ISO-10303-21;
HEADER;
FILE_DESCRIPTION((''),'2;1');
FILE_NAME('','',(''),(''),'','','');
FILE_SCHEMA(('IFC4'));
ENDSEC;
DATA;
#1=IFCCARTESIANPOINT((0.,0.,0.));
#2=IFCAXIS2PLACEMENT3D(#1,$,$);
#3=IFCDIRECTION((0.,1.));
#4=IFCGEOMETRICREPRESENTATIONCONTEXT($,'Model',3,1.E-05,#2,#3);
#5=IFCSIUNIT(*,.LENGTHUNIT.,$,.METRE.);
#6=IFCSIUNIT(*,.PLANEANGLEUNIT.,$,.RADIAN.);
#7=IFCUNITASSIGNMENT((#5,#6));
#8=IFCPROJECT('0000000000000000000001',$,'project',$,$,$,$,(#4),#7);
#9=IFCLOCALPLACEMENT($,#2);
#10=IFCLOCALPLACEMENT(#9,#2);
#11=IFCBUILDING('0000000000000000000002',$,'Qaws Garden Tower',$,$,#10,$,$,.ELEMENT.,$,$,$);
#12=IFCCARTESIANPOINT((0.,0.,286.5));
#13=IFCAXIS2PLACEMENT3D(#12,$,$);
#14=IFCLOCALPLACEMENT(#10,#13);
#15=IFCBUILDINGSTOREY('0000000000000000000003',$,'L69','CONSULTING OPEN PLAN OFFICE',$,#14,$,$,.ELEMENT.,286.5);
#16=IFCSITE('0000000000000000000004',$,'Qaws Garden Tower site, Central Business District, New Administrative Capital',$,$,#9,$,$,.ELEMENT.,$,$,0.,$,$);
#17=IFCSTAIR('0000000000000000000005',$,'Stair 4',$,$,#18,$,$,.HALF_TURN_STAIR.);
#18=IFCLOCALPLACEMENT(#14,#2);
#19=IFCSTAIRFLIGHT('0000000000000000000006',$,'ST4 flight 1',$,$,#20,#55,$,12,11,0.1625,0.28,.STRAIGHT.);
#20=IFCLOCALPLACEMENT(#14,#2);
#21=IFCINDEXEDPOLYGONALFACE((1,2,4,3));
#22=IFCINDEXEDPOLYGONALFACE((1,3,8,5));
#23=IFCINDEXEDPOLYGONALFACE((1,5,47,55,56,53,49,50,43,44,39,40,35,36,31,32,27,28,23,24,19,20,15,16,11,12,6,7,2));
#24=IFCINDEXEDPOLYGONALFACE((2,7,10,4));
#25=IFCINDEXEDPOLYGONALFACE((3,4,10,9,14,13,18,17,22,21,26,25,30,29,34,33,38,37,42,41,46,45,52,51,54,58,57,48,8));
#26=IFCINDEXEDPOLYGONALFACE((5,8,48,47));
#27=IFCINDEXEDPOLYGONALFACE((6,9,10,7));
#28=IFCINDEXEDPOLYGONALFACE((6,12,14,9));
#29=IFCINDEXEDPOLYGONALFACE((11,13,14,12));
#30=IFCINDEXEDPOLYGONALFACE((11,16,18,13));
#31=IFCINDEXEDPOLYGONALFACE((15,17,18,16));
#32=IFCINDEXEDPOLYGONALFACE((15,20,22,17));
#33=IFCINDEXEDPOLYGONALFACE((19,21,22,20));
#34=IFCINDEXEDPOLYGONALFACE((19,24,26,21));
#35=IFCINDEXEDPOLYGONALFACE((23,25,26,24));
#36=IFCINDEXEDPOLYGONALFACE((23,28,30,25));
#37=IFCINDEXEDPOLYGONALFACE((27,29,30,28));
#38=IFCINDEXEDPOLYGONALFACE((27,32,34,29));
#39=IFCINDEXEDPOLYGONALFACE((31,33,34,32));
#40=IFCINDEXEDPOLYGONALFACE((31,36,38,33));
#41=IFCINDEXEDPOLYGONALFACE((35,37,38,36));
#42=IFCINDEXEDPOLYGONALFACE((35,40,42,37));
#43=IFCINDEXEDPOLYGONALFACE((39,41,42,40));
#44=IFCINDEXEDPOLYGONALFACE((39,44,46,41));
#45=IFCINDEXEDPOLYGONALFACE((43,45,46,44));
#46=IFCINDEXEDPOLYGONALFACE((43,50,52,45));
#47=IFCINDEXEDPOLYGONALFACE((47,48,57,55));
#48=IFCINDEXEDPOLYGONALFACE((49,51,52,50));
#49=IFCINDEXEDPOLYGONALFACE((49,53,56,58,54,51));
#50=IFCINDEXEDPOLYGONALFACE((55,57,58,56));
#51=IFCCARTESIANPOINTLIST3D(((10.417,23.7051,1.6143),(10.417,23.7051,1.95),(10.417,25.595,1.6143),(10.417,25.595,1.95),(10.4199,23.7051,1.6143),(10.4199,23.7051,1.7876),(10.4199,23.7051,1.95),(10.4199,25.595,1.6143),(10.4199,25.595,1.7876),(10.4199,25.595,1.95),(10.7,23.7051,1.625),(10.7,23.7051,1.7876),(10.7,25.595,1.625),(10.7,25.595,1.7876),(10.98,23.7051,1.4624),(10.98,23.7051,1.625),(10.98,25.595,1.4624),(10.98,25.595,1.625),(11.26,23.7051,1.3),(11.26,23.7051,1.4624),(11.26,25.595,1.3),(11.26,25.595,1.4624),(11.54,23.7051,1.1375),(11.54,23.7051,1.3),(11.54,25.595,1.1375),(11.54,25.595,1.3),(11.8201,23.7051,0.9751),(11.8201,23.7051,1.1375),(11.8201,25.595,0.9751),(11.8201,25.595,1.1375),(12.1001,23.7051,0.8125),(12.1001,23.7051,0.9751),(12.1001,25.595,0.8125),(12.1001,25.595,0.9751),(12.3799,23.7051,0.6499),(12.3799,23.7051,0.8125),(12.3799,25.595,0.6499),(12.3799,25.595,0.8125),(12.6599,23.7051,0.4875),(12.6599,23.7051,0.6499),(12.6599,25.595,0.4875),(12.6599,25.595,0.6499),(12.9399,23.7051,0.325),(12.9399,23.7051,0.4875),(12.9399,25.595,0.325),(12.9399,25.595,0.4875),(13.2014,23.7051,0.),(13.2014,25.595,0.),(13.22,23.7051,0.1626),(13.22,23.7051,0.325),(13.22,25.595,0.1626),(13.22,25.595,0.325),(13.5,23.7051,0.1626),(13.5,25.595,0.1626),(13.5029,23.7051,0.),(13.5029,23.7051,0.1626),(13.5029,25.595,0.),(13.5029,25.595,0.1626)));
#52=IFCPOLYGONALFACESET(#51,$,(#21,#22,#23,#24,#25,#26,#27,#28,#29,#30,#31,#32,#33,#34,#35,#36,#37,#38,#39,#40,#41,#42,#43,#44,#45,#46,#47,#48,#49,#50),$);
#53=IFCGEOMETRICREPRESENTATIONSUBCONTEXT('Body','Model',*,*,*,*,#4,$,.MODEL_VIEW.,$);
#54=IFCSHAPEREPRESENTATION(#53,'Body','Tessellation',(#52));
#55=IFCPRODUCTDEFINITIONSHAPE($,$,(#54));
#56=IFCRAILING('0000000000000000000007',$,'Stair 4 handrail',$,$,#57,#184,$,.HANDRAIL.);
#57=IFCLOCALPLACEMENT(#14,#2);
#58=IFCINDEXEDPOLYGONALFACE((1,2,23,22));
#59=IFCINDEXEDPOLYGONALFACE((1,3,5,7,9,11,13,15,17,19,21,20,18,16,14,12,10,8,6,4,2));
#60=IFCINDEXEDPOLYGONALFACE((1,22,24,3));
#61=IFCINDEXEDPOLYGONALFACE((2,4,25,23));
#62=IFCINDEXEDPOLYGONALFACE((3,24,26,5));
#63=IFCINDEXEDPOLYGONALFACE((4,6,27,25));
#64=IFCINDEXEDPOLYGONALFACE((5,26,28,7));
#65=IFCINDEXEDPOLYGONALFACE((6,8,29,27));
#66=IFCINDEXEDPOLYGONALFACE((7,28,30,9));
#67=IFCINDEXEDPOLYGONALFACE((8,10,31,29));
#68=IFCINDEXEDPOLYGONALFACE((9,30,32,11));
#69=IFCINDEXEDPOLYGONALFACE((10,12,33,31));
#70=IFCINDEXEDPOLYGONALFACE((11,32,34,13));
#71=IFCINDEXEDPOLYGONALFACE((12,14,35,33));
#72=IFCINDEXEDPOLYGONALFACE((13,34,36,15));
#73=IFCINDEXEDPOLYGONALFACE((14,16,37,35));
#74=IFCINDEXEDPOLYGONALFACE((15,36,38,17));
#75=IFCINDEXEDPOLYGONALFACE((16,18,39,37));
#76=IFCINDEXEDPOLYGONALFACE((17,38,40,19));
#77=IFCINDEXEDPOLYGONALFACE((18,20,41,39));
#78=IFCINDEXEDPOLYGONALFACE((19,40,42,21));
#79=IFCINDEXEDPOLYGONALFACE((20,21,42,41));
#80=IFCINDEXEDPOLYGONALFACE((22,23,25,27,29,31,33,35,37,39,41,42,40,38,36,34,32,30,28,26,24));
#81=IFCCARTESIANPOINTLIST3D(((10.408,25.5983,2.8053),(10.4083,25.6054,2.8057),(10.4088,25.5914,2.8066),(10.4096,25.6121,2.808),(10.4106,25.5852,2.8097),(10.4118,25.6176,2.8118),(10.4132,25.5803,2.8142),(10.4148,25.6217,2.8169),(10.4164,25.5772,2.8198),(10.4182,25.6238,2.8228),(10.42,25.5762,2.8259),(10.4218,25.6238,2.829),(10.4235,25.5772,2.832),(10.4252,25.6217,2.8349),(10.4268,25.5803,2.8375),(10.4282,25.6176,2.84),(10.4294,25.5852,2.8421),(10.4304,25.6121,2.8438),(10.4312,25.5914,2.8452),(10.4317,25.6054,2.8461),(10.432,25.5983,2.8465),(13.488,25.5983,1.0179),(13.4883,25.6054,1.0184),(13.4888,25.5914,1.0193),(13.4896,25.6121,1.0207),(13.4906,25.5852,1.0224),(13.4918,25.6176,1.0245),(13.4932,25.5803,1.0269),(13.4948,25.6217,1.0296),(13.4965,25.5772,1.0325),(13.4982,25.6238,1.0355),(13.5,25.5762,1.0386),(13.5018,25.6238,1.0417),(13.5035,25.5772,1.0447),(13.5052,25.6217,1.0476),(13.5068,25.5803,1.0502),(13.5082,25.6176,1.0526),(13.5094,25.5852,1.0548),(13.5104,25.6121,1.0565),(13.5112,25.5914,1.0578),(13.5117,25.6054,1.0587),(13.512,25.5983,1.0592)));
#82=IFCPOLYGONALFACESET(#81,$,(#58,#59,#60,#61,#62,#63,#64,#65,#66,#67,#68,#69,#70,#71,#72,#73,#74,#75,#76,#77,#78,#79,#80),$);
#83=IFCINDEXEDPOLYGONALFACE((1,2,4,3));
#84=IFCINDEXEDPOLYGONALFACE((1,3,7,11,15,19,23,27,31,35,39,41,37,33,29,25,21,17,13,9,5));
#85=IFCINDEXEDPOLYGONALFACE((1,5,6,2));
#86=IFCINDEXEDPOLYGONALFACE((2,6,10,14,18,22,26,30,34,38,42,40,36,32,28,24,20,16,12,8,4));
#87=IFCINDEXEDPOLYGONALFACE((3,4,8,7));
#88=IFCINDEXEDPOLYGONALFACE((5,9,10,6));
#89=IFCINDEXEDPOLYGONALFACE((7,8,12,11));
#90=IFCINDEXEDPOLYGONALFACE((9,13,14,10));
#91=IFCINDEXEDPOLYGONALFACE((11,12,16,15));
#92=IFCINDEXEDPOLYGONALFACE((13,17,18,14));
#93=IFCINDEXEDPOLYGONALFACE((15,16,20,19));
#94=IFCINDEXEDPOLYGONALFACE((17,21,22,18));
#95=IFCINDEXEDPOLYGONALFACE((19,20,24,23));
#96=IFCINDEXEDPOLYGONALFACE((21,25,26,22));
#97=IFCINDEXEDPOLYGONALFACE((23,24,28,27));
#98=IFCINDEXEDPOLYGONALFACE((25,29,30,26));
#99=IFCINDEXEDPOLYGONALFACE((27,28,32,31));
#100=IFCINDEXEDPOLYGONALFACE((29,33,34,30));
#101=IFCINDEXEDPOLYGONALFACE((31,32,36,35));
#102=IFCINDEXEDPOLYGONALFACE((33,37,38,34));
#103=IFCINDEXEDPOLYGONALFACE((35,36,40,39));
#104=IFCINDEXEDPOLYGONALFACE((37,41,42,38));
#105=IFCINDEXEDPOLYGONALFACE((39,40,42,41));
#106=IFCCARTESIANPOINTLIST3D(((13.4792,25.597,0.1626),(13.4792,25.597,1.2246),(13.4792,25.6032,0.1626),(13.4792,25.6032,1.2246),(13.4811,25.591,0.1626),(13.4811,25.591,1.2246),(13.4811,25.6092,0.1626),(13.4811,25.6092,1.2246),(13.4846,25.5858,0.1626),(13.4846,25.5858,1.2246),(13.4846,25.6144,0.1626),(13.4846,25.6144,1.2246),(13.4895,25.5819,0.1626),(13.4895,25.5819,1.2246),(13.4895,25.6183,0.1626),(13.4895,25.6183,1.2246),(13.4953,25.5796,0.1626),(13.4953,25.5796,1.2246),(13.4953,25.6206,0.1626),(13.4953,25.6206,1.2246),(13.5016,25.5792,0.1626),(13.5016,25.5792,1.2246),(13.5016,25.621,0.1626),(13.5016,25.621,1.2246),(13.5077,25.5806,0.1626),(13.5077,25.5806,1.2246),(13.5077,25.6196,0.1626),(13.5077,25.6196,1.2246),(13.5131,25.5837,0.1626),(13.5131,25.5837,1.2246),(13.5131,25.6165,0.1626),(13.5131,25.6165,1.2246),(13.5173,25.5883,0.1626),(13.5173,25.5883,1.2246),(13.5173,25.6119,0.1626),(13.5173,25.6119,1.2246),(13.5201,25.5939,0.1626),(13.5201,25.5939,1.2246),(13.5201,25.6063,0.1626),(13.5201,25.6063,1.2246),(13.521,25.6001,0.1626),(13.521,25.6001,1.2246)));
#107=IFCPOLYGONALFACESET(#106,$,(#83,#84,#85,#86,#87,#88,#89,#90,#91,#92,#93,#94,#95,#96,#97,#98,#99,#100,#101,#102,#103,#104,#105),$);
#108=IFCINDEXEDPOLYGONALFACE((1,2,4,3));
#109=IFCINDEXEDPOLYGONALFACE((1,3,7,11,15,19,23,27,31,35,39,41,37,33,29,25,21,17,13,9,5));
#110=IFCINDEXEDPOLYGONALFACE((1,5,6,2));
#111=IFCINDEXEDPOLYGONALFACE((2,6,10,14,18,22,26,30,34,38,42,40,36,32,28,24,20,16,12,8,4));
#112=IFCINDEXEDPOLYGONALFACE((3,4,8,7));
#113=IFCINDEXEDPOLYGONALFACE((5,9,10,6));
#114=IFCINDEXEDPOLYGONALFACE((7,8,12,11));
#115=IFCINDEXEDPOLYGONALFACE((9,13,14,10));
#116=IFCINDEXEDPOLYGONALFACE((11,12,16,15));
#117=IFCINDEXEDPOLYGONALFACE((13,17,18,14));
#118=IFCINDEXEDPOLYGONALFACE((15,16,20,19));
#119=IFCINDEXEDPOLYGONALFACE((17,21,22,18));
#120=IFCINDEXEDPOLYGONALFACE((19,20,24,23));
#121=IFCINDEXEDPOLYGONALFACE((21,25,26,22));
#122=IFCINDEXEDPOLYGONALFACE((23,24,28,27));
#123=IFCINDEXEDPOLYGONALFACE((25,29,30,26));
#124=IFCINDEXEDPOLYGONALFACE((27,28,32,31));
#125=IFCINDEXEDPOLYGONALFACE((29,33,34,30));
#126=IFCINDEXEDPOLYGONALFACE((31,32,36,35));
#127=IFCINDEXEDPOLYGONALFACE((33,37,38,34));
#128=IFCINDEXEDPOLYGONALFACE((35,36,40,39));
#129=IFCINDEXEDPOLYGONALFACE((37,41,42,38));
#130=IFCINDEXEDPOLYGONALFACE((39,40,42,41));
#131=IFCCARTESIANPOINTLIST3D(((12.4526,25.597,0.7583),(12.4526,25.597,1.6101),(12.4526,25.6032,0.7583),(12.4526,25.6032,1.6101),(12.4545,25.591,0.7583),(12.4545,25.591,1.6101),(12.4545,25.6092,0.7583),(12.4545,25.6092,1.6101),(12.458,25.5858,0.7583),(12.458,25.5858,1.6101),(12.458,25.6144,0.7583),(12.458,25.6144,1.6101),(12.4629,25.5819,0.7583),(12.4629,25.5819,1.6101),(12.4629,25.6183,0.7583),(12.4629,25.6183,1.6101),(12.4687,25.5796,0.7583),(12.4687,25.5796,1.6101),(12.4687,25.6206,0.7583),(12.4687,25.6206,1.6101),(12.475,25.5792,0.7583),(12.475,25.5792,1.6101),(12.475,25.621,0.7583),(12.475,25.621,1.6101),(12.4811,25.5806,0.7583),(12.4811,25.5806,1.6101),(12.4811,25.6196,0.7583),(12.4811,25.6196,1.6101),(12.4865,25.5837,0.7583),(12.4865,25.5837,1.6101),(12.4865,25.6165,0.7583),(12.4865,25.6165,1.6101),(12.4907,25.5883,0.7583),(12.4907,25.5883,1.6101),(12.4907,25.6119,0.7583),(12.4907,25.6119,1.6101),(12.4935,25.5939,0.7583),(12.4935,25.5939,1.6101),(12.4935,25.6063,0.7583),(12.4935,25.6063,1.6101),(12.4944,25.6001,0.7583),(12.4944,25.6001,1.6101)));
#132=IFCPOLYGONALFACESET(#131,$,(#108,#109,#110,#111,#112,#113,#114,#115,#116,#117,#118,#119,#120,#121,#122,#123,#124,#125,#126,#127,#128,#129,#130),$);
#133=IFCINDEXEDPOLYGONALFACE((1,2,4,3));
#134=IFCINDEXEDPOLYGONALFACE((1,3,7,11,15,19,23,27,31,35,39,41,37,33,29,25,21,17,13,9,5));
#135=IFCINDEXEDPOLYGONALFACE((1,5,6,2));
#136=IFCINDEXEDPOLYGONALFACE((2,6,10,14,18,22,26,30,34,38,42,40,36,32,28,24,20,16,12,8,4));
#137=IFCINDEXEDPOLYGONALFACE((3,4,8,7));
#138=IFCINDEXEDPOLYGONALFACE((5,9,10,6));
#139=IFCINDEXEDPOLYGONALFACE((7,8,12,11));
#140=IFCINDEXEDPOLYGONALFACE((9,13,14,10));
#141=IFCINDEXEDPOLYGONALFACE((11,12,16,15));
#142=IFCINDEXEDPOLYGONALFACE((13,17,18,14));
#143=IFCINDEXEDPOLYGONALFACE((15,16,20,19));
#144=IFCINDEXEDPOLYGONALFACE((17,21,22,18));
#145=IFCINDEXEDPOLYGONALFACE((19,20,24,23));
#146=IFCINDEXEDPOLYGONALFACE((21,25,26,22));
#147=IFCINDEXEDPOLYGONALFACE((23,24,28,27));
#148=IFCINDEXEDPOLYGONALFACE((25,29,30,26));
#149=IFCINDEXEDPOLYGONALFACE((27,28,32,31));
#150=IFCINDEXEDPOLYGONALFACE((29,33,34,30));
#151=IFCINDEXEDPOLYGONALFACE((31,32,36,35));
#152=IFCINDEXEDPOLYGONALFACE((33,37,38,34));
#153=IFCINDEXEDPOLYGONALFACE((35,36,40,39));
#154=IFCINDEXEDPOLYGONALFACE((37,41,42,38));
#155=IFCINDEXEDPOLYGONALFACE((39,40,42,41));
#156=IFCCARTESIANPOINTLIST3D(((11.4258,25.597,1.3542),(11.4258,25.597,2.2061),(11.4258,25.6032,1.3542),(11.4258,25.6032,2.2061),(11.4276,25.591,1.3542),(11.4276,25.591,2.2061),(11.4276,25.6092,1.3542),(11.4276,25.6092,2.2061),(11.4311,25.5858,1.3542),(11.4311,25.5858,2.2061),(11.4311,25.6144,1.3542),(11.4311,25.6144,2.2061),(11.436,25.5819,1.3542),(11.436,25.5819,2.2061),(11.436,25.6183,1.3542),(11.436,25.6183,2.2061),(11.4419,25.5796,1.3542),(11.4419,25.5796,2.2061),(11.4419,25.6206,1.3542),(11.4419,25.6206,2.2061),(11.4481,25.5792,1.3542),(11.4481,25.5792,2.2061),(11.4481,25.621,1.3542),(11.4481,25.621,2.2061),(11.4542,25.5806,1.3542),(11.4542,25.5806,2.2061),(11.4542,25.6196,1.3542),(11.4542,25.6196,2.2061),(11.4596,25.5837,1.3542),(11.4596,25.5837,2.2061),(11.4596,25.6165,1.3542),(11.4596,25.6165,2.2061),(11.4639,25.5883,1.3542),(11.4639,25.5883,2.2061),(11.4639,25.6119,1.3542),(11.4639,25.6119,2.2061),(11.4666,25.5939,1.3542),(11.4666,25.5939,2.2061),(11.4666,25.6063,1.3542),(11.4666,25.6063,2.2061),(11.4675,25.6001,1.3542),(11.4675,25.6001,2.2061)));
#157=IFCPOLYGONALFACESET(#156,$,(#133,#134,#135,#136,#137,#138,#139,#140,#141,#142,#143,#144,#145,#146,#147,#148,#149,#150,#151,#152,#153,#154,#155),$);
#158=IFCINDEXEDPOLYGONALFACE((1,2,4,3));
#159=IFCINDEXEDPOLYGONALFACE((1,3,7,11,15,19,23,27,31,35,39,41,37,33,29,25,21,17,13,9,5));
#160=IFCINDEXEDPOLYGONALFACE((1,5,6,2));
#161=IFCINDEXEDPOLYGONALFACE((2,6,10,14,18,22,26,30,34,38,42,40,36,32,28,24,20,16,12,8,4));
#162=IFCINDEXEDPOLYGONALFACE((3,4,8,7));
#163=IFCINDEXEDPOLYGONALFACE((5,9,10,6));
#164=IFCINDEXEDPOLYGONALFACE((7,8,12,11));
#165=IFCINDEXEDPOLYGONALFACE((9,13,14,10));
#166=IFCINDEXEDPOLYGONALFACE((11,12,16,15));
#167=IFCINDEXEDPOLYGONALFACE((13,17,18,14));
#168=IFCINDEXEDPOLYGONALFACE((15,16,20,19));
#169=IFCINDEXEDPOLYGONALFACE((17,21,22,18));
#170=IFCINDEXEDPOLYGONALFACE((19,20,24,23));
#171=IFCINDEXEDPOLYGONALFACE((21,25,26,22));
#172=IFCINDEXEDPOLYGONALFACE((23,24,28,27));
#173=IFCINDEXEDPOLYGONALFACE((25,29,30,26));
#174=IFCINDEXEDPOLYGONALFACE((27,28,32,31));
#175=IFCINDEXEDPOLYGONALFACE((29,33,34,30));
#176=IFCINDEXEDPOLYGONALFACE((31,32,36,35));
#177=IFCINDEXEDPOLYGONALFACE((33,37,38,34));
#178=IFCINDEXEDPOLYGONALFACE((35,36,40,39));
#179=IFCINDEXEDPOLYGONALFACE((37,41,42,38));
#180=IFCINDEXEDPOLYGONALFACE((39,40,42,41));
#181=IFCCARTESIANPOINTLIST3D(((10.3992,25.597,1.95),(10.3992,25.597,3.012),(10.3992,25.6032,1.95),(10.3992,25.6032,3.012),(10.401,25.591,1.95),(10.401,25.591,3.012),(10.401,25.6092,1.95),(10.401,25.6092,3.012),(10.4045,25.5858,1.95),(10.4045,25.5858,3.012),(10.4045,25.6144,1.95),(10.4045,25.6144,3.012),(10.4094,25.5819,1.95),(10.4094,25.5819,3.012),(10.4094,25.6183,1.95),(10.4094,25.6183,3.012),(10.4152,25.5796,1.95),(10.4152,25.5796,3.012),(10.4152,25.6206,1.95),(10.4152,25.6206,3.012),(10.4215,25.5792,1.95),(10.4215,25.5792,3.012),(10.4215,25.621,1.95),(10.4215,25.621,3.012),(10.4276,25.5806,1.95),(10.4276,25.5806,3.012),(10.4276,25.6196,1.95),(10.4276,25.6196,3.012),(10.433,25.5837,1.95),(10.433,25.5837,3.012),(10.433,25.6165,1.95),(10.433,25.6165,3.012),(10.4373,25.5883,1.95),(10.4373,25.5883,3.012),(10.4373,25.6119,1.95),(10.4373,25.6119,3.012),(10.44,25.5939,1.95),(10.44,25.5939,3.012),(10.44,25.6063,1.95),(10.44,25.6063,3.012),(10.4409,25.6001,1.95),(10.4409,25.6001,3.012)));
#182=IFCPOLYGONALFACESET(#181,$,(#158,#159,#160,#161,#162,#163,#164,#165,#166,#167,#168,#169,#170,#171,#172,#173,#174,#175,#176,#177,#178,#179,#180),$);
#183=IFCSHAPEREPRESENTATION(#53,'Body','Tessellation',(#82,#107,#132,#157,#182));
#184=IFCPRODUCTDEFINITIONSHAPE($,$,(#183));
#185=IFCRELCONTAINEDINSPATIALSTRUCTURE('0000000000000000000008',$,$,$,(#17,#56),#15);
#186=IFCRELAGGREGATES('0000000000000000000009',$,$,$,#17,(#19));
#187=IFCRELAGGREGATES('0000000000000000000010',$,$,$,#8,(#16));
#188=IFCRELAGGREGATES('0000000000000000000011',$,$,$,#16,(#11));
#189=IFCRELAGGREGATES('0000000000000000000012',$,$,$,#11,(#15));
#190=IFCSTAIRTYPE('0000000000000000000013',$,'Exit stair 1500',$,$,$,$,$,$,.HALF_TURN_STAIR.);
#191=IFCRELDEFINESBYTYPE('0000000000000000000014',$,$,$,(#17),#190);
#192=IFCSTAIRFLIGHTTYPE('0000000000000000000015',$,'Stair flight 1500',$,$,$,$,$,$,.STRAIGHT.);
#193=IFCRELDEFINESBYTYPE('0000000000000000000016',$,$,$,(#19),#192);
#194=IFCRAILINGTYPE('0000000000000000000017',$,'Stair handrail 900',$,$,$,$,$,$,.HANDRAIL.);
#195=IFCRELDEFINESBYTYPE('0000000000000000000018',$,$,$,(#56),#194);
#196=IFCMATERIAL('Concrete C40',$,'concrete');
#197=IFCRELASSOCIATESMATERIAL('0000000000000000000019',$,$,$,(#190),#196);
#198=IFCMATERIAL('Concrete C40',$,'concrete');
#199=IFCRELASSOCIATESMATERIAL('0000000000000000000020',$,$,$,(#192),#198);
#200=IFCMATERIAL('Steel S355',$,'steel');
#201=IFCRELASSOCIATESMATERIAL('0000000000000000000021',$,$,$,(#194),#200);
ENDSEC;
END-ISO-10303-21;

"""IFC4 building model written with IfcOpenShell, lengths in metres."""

from ifc_helpers import new_model, si_unit, direction, frame, origin, origin_2d, place, context, subcontext, project, spatial, polyline, circle, outline, extrude, material, type_object, element, aggregate, save


model = new_model("IFC4")

# Units and contexts
model_context = context("Model", 3, precision=1e-05, world=origin(), true_north=direction((0.0, 1.0)))
body_context = subcontext(model_context, "Body", "Model", "MODEL_VIEW")
ifc_project = project(units=[si_unit("LENGTHUNIT", "METRE"), si_unit("PLANEANGLEUNIT", "RADIAN")], contexts=[model_context])

# Site, building, storey
site_placement = place(None, origin())
site = spatial("IfcSite", under=ifc_project, at=site_placement, Name="Qaws Garden Tower site, Central Business District, New Administrative Capital", CompositionType="ELEMENT", RefElevation=0.0)
building_placement = place(site_placement, origin())
building = spatial("IfcBuilding", under=site, at=building_placement, Name="Qaws Garden Tower", CompositionType="ELEMENT")
storey_placement = place(building_placement, frame((0.0, 0.0, 286.5)))
storey = spatial("IfcBuildingStorey", under=building, at=storey_placement, Name="L69", Description="CONSULTING OPEN PLAN OFFICE", CompositionType="ELEMENT", Elevation=286.5)

# Stair, stair flight
ifc_material_1 = material(Name="Concrete C40", Category="concrete")
stair_type = type_object("IfcStairType", Name="Exit stair 1500", PredefinedType="HALF_TURN_STAIR", material=ifc_material_1)
stair_placement = place(storey_placement, origin())
stair = element("IfcStair", 1, at=stair_placement, inside=storey, type_object=stair_type, Name="Stair 4", PredefinedType="HALF_TURN_STAIR")
ifc_material_2 = material(Name="Concrete C40", Category="concrete")
stair_flight_type = type_object("IfcStairFlightType", Name="Stair flight 1500", PredefinedType="STRAIGHT", material=ifc_material_2)
stair_flight_placement = place(storey_placement, frame((13.5, 24.6499, 0.0), z_axis=(0.0, 0.0, 1.0), x_axis=(-1.0, 0.0, 0.0)))
stair_flight = element("IfcStairFlight", 2, at=stair_flight_placement, type_object=stair_flight_type, Name="ST4 flight 1", NumberOfRisers=12, NumberOfTreads=11, PredefinedType="STRAIGHT", RiserHeight=0.1625, TreadLength=0.28, context=body_context, shape_type="SweptSolid", body=[
    extrude(outline(polyline([(-0.0029, 0.0), (-0.0029, 0.1626), (0.0, 0.1626), (0.28, 0.1626), (0.28, 0.325), (0.5601, 0.325), (0.5601, 0.4875), (0.8401, 0.4875), (0.8401, 0.6499), (1.1201, 0.6499), (1.1201, 0.8125), (1.3999, 0.8125), (1.3999, 0.9751), (1.6799, 0.9751), (1.6799, 1.1375), (1.96, 1.1375), (1.96, 1.3), (2.24, 1.3), (2.24, 1.4624), (2.52, 1.4624), (2.52, 1.625), (2.8, 1.625), (2.8, 1.7876), (3.0801, 1.7876), (3.0801, 1.95), (3.083, 1.95), (3.083, 1.6143), (3.0801, 1.6143), (0.2986, 0.0), (-0.0029, 0.0)])), frame((0.0, 0.9448, 0.0), z_axis=(0.0, -1.0, 0.0), x_axis=(1.0, 0.0, 0.0)), (0.0, 0.0, 1.0), 1.8899),
])
aggregate(stair, [stair_flight])

# Railing
ifc_material_3 = material(Name="Steel S355", Category="steel")
railing_type = type_object("IfcRailingType", Name="Stair handrail 900", PredefinedType="HANDRAIL", material=ifc_material_3)
railing_1_placement = place(storey_placement, frame((13.5, 25.6001, 0.1626)))
element("IfcRailing", 3, at=railing_1_placement, inside=storey, type_object=railing_type, Name="Stair 4 handrail", PredefinedType="HANDRAIL", context=body_context, shape_type="SweptSolid", body=[
    extrude(circle(Radius=0.0239, at=origin_2d()), frame((0.0, 0.0, 0.876), z_axis=(-0.86492, 0.0, 0.501909), x_axis=(0.0, -1.0, 0.0)), (0.0, 0.0, 1.0), 3.561),
    extrude(circle(Radius=0.021, at=origin_2d()), origin(), (0.0, 0.0, 1.0), 1.062),
    extrude(circle(Radius=0.021, at=origin_2d()), frame((-1.0266, 0.0, 0.5957)), (0.0, 0.0, 1.0), 0.8518),
    extrude(circle(Radius=0.021, at=origin_2d()), frame((-2.0535, 0.0, 1.1917)), (0.0, 0.0, 1.0), 0.8518),
    extrude(circle(Radius=0.021, at=origin_2d()), frame((-3.0801, 0.0, 1.7874)), (0.0, 0.0, 1.0), 1.062),
])

save(model, "model.ifc")
